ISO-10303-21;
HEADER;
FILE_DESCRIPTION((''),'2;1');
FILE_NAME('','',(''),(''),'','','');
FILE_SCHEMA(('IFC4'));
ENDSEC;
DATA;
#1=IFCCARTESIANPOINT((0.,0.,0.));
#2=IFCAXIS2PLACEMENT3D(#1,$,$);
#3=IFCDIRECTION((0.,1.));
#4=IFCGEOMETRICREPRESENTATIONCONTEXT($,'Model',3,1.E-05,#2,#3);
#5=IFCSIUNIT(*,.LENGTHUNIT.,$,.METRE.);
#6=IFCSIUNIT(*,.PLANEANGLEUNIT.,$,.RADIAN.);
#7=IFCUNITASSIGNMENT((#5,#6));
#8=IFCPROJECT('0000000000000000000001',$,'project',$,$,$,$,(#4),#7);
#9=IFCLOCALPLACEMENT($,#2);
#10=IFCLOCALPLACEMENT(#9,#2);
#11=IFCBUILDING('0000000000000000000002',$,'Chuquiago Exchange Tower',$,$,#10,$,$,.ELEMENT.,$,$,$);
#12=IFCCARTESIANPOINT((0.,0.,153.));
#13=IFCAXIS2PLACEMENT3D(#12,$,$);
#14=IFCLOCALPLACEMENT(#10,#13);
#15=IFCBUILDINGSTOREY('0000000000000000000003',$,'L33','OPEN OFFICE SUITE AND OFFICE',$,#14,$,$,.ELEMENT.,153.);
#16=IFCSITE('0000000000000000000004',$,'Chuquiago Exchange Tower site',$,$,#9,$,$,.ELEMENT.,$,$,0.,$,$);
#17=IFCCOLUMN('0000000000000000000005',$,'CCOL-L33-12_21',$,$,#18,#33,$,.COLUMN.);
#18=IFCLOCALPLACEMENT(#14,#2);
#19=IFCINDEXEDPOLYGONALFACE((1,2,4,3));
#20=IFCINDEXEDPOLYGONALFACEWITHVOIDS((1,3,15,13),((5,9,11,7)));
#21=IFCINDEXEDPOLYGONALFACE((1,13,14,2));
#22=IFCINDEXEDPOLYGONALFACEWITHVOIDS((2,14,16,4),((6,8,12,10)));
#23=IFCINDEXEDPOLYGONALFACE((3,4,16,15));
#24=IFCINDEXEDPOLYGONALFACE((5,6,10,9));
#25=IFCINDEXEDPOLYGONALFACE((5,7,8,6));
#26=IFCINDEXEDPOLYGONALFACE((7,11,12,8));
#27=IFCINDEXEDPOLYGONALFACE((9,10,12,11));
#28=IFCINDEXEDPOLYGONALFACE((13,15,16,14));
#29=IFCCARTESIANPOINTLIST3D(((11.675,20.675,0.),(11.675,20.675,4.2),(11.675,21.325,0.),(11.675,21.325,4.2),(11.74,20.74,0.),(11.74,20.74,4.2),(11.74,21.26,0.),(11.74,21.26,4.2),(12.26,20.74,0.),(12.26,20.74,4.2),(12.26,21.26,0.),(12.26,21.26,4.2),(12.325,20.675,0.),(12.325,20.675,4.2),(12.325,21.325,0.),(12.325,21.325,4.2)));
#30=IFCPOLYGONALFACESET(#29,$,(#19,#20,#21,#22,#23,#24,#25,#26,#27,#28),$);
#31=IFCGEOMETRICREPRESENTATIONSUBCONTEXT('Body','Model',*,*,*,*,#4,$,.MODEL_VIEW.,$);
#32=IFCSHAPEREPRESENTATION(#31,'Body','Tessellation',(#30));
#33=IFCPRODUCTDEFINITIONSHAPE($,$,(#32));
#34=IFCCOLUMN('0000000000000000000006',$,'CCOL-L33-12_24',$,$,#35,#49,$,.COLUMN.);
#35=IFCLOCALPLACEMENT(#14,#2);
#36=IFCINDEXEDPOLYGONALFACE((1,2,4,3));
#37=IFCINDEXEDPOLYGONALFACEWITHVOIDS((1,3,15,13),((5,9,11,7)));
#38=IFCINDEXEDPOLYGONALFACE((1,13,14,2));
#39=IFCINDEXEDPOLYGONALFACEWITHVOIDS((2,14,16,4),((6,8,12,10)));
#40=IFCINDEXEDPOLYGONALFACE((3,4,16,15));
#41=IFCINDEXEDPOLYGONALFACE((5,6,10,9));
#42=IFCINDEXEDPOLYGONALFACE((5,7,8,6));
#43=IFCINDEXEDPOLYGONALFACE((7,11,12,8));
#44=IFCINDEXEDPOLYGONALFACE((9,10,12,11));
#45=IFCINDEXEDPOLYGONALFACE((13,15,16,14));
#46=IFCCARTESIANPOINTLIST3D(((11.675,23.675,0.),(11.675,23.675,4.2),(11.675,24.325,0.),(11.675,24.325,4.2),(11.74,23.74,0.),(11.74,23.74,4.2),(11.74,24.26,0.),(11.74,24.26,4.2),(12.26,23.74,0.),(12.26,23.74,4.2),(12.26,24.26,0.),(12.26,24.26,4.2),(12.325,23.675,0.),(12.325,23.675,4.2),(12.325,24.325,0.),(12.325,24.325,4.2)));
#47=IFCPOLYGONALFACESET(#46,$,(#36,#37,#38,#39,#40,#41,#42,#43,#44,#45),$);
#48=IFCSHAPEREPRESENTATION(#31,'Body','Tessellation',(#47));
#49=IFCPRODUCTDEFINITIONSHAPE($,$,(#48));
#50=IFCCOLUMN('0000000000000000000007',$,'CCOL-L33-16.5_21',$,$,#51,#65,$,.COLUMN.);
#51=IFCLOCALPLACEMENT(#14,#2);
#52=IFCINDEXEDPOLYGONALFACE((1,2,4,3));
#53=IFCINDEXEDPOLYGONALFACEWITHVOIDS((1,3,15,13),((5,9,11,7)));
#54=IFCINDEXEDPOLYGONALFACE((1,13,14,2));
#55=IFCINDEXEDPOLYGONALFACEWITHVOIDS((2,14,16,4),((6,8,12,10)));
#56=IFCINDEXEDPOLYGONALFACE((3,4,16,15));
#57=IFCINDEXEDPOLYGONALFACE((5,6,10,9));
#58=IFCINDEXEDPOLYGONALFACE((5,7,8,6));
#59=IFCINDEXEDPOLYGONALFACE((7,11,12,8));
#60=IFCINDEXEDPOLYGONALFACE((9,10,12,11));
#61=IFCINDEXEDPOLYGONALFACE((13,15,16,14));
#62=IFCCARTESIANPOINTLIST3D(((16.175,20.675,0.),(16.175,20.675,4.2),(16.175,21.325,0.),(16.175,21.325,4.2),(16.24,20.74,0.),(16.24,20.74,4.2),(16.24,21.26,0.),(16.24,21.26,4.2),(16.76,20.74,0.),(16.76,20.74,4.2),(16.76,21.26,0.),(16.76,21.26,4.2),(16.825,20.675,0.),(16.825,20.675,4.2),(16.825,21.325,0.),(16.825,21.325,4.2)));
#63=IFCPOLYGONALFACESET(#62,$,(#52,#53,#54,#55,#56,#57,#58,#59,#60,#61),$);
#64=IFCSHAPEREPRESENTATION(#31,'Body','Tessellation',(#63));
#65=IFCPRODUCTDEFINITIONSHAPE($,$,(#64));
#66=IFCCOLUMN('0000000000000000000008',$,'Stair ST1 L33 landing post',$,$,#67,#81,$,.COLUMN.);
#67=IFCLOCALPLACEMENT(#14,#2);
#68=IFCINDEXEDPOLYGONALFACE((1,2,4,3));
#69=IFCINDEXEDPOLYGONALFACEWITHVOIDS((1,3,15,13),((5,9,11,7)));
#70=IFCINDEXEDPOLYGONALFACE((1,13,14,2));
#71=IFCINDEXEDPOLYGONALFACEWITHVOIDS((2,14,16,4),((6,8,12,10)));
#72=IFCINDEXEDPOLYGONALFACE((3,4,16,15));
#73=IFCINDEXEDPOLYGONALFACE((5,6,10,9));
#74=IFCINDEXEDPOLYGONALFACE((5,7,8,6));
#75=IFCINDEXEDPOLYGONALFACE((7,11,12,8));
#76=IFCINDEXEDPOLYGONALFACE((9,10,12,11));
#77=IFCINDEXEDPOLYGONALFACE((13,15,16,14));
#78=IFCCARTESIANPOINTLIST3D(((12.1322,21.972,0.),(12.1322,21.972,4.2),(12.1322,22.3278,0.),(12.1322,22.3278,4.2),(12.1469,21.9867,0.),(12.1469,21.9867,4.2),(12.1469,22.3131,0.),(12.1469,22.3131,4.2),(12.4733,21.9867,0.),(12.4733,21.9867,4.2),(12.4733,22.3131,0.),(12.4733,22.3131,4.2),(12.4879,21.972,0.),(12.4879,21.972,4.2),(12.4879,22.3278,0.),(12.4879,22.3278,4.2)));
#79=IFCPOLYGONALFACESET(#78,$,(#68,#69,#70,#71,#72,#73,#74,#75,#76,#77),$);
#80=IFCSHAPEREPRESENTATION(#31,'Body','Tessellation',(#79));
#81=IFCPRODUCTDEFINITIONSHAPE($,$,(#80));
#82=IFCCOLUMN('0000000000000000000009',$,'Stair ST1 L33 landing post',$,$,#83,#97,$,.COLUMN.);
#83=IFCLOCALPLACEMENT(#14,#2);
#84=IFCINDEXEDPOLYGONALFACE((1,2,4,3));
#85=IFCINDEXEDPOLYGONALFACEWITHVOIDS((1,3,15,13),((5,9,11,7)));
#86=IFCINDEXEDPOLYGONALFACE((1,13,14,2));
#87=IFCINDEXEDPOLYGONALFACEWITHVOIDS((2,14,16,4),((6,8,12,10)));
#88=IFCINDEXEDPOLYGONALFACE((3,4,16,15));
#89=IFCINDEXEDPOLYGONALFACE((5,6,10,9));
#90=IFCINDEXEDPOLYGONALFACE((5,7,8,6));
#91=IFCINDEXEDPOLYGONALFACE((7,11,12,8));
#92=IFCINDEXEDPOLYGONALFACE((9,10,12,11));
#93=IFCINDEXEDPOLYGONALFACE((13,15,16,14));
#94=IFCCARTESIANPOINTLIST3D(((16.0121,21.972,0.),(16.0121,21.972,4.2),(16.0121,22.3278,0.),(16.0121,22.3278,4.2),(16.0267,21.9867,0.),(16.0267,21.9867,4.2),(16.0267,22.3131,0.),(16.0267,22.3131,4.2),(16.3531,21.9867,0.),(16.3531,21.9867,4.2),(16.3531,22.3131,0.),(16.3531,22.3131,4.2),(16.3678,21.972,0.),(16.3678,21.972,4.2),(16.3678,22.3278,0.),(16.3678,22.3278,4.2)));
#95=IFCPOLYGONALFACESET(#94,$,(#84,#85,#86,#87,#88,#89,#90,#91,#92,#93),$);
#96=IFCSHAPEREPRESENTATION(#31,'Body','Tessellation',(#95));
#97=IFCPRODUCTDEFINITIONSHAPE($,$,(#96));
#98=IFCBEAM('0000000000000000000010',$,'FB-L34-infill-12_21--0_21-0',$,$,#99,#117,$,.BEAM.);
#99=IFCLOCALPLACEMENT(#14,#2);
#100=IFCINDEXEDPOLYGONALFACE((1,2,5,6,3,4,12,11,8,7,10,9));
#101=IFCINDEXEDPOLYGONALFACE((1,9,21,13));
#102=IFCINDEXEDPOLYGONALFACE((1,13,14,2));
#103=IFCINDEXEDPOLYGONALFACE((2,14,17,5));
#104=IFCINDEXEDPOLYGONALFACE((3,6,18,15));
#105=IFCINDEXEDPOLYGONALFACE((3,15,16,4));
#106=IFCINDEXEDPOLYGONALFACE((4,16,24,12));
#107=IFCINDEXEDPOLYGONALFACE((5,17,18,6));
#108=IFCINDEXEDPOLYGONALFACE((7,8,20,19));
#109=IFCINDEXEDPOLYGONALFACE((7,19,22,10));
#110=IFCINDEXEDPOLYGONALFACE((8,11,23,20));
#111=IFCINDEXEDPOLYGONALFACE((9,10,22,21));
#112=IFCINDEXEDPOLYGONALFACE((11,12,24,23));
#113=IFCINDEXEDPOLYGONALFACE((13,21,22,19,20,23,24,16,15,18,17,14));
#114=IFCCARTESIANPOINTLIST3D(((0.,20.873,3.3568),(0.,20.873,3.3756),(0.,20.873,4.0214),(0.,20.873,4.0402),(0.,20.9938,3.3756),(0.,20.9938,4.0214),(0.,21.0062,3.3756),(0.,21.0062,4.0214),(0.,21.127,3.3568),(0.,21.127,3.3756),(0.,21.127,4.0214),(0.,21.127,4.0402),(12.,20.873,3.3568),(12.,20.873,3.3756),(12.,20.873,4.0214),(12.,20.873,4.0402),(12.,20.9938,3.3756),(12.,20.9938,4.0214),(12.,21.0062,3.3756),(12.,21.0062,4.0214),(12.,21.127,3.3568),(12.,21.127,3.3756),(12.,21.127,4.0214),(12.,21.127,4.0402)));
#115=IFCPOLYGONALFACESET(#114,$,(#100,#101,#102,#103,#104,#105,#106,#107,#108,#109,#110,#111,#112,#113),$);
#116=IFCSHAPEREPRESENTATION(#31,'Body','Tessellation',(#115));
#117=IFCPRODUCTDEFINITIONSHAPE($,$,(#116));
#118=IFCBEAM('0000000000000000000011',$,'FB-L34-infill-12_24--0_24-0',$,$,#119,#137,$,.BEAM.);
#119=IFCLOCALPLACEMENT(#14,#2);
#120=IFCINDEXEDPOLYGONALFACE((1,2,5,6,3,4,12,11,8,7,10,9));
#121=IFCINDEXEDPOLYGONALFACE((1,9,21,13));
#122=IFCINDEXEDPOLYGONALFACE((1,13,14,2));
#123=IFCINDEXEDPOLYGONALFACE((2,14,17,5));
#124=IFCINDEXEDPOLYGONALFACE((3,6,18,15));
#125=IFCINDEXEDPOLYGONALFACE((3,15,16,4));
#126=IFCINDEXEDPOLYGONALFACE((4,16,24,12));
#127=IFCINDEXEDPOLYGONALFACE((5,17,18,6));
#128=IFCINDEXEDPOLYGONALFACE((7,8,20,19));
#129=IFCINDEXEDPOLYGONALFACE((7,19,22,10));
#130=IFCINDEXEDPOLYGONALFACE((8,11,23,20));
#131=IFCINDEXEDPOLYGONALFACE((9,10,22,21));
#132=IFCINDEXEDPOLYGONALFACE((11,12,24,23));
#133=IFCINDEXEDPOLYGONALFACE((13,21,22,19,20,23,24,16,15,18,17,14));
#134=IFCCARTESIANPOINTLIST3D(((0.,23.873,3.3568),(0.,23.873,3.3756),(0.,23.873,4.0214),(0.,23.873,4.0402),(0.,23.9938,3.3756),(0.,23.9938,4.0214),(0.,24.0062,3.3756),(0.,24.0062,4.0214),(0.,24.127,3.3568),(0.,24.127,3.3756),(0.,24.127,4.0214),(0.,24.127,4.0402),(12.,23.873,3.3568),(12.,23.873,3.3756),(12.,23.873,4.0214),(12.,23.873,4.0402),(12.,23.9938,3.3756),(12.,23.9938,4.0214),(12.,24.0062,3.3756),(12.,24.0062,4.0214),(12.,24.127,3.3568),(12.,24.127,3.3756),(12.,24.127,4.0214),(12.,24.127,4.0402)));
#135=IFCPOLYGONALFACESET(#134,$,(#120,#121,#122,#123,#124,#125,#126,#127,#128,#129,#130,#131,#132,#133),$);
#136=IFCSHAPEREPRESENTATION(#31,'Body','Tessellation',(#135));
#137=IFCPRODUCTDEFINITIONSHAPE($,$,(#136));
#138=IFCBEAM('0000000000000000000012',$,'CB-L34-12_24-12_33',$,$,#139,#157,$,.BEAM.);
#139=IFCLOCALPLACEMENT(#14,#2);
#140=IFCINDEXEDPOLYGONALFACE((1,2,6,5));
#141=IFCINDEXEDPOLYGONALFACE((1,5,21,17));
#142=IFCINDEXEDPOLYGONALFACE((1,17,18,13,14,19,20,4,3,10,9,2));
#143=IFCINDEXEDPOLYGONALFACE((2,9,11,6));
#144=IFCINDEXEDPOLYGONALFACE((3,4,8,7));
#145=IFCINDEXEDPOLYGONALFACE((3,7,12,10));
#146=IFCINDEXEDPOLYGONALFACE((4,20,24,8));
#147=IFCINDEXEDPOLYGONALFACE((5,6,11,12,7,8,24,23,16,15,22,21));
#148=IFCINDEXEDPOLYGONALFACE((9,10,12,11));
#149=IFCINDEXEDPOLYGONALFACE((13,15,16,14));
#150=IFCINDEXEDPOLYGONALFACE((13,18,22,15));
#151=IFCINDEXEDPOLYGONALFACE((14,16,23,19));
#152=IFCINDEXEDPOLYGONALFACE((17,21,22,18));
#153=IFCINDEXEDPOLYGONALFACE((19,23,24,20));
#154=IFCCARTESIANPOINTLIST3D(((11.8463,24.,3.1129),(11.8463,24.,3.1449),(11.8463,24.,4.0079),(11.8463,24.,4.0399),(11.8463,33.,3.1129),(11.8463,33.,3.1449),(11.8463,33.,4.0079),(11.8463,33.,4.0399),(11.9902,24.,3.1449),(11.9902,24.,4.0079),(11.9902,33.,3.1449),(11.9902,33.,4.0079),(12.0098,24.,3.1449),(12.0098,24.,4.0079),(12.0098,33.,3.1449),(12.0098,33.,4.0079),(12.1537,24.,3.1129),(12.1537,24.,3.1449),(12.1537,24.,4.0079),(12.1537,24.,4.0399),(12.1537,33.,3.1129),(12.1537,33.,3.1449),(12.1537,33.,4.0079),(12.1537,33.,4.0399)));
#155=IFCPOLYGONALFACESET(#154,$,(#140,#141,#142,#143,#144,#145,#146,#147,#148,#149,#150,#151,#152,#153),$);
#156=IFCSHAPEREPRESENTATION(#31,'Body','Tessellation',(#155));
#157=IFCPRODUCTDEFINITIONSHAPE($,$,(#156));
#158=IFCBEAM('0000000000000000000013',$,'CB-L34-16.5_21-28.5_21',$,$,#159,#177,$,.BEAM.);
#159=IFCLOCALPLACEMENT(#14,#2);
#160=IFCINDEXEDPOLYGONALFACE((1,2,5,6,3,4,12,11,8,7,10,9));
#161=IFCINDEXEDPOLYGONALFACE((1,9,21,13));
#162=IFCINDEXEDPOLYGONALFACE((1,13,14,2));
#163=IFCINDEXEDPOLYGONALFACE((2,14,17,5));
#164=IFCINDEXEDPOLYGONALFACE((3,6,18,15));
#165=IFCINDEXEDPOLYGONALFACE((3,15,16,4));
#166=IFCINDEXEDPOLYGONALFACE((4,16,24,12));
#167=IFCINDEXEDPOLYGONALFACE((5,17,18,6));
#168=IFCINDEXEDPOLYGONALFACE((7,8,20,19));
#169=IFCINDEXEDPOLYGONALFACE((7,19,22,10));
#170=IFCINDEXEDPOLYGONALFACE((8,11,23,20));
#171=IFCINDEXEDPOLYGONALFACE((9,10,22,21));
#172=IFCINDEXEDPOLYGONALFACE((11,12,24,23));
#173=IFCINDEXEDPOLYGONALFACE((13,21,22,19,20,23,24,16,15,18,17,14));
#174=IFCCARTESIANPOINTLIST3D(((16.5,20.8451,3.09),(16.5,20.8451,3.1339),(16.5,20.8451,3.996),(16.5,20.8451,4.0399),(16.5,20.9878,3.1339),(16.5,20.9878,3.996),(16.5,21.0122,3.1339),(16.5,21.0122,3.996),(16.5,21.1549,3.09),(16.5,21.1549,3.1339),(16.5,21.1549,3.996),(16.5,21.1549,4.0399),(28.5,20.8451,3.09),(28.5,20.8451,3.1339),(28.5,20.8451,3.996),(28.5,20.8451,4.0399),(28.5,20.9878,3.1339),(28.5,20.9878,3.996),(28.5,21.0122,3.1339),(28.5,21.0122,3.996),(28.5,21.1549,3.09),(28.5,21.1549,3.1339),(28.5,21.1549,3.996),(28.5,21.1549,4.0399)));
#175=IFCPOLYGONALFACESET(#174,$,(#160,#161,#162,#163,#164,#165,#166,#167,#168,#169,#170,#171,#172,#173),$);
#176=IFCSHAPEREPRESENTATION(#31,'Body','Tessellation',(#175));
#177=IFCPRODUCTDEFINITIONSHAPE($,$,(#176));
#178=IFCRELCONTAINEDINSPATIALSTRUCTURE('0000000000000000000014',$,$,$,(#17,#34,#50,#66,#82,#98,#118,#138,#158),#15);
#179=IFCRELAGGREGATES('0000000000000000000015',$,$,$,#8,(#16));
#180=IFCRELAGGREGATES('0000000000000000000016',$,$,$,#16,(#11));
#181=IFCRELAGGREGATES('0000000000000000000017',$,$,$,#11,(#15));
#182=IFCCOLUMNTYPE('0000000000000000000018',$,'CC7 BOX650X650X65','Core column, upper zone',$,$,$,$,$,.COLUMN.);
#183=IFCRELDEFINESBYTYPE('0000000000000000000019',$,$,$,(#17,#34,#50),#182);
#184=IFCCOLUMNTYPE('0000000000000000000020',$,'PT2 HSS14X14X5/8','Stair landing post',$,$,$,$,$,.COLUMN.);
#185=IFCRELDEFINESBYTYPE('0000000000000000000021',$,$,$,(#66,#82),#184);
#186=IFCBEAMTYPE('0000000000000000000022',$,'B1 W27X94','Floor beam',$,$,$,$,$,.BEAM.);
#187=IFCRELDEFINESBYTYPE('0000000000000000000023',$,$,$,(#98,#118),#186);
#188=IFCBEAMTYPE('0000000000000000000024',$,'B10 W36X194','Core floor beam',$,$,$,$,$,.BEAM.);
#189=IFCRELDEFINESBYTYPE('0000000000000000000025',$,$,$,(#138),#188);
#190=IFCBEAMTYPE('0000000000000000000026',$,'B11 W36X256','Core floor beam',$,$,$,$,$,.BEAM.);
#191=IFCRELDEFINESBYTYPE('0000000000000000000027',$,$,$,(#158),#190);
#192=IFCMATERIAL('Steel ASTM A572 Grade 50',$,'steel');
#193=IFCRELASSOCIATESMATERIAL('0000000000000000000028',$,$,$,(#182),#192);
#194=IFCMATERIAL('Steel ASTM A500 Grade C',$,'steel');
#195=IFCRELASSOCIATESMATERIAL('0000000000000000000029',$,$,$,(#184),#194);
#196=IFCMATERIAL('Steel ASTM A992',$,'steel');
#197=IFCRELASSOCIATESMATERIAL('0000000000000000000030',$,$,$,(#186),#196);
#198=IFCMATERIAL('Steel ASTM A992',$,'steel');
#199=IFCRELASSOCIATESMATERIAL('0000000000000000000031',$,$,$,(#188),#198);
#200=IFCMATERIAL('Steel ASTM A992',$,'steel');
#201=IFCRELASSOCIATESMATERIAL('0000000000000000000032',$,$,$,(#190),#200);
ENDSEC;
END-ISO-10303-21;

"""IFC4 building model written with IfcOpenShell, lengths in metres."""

from ifc_helpers import new_model, si_unit, direction, frame, origin, origin_2d, place, context, subcontext, project, spatial, hollow_rectangle, i_section, extrude, material, material_profile, profile_set, type_object, element, save


model = new_model("IFC4")

# Units and contexts
model_context = context("Model", 3, precision=1e-05, world=origin(), true_north=direction((0.0, 1.0)))
body_context = subcontext(model_context, "Body", "Model", "MODEL_VIEW")
ifc_project = project(units=[si_unit("LENGTHUNIT", "METRE"), si_unit("PLANEANGLEUNIT", "RADIAN")], contexts=[model_context])

# Site, building, storey
site_placement = place(None, origin())
site = spatial("IfcSite", under=ifc_project, at=site_placement, Name="Chuquiago Exchange Tower site", CompositionType="ELEMENT", RefElevation=0.0)
building_placement = place(site_placement, origin())
building = spatial("IfcBuilding", under=site, at=building_placement, Name="Chuquiago Exchange Tower", CompositionType="ELEMENT")
storey_placement = place(building_placement, frame((0.0, 0.0, 153.0)))
storey = spatial("IfcBuildingStorey", under=building, at=storey_placement, Name="L33", Description="OPEN OFFICE SUITE AND OFFICE", CompositionType="ELEMENT", Elevation=153.0)

# Columns
ifc_material_1 = material(Name="Steel ASTM A572 Grade 50", Category="steel")
ifc_material_profile_1 = material_profile(ifc_material_1, hollow_rectangle(XDim=0.6499, YDim=0.6499, WallThickness=0.0649, at=origin_2d()), Name="BOX650X650X65")
ifc_profile_set_1 = profile_set([ifc_material_profile_1], Name="Steel ASTM A572 Grade 50")
column_type_1 = type_object("IfcColumnType", Name="CC7 BOX650X650X65", Description="Core column, upper zone", PredefinedType="COLUMN", material=ifc_profile_set_1)
for number, where, z_axis, x_axis, name in (
    (1, (12.0, 21.0, 0.0), (0.0, 0.0, 1.0), (1.0, 0.0, 0.0), "CCOL-L33-12_21"),
    (2, (12.0, 24.0, 0.0), (0.0, 0.0, 1.0), (1.0, 0.0, 0.0), "CCOL-L33-12_24"),
    (3, (16.5, 21.0, 0.0), (0.0, 0.0, 1.0), (1.0, 0.0, 0.0), "CCOL-L33-16.5_21"),
):
    element("IfcColumn", number, at=place(storey_placement, frame(where, z_axis=z_axis, x_axis=x_axis)), inside=storey, type_object=column_type_1, Name=name, PredefinedType="COLUMN", context=body_context, shape_type="SweptSolid", body=[
        extrude(hollow_rectangle(XDim=0.6499, YDim=0.6499, WallThickness=0.0649, at=origin_2d()), origin(), (0.0, 0.0, 1.0), 4.2),
    ])
ifc_material_2 = material(Name="Steel ASTM A500 Grade C", Category="steel")
ifc_material_profile_2 = material_profile(ifc_material_2, hollow_rectangle(XDim=0.3557, YDim=0.3557, WallThickness=0.0146, at=origin_2d()), Name="HSS14X14X5/8")
ifc_profile_set_2 = profile_set([ifc_material_profile_2], Name="Steel ASTM A500 Grade C")
column_type_2 = type_object("IfcColumnType", Name="PT2 HSS14X14X5/8", Description="Stair landing post", PredefinedType="COLUMN", material=ifc_profile_set_2)
for number, where, z_axis, x_axis, name in (
    (4, (12.3101, 22.1499, 0.0), (0.0, 0.0, 1.0), (1.0, 0.0, 0.0), "Stair ST1 L33 landing post"),
    (5, (16.1899, 22.1499, 0.0), (0.0, 0.0, 1.0), (1.0, 0.0, 0.0), "Stair ST1 L33 landing post"),
):
    element("IfcColumn", number, at=place(storey_placement, frame(where, z_axis=z_axis, x_axis=x_axis)), inside=storey, type_object=column_type_2, Name=name, PredefinedType="COLUMN", context=body_context, shape_type="SweptSolid", body=[
        extrude(hollow_rectangle(XDim=0.3557, YDim=0.3557, WallThickness=0.0146, at=origin_2d()), origin(), (0.0, 0.0, 1.0), 4.2),
    ])

# Beams
ifc_material_3 = material(Name="Steel ASTM A992", Category="steel")
ifc_material_profile_3 = material_profile(ifc_material_3, i_section(OverallWidth=0.2539, OverallDepth=0.6833, WebThickness=0.0125, FlangeThickness=0.0188, at=origin_2d()), Name="W27X94")
ifc_profile_set_3 = profile_set([ifc_material_profile_3], Name="Steel ASTM A992")
beam_type_1 = type_object("IfcBeamType", Name="B1 W27X94", Description="Floor beam", PredefinedType="BEAM", material=ifc_profile_set_3)
for number, where, z_axis, x_axis, name in (
    (6, (12.0, 21.0, 3.6985), (-1.0, 0.0, 0.0), (0.0, -1.0, 0.0), "FB-L34-infill-12_21--0_21-0"),
    (7, (12.0, 24.0, 3.6985), (-1.0, 0.0, 0.0), (0.0, -1.0, 0.0), "FB-L34-infill-12_24--0_24-0"),
):
    element("IfcBeam", number, at=place(storey_placement, frame(where, z_axis=z_axis, x_axis=x_axis)), inside=storey, type_object=beam_type_1, Name=name, PredefinedType="BEAM", context=body_context, shape_type="SweptSolid", body=[
        extrude(i_section(OverallWidth=0.2539, OverallDepth=0.6833, WebThickness=0.0125, FlangeThickness=0.0188, at=origin_2d()), origin(), (0.0, 0.0, 1.0), 12.0),
    ])
ifc_material_4 = material(Name="Steel ASTM A992", Category="steel")
ifc_material_profile_4 = material_profile(ifc_material_4, i_section(OverallWidth=0.3074, OverallDepth=0.927, WebThickness=0.0195, FlangeThickness=0.032, at=origin_2d()), Name="W36X194")
ifc_profile_set_4 = profile_set([ifc_material_profile_4], Name="Steel ASTM A992")
beam_type_2 = type_object("IfcBeamType", Name="B10 W36X194", Description="Core floor beam", PredefinedType="BEAM", material=ifc_profile_set_4)
beam_1_placement = place(storey_placement, frame((12.0, 24.0, 3.5764), z_axis=(0.0, 1.0, 0.0), x_axis=(-1.0, 0.0, 0.0)))
element("IfcBeam", 8, at=beam_1_placement, inside=storey, type_object=beam_type_2, Name="CB-L34-12_24-12_33", PredefinedType="BEAM", context=body_context, shape_type="SweptSolid", body=[
    extrude(i_section(OverallWidth=0.3074, OverallDepth=0.927, WebThickness=0.0195, FlangeThickness=0.032, at=origin_2d()), origin(), (0.0, 0.0, 1.0), 9.0),
])
ifc_material_5 = material(Name="Steel ASTM A992", Category="steel")
ifc_material_profile_5 = material_profile(ifc_material_5, i_section(OverallWidth=0.3098, OverallDepth=0.95, WebThickness=0.0244, FlangeThickness=0.0439, at=origin_2d()), Name="W36X256")
ifc_profile_set_5 = profile_set([ifc_material_profile_5], Name="Steel ASTM A992")
beam_type_3 = type_object("IfcBeamType", Name="B11 W36X256", Description="Core floor beam", PredefinedType="BEAM", material=ifc_profile_set_5)
beam_2_placement = place(storey_placement, frame((16.5, 21.0, 3.5649), z_axis=(1.0, 0.0, 0.0), x_axis=(0.0, 1.0, 0.0)))
element("IfcBeam", 9, at=beam_2_placement, inside=storey, type_object=beam_type_3, Name="CB-L34-16.5_21-28.5_21", PredefinedType="BEAM", context=body_context, shape_type="SweptSolid", body=[
    extrude(i_section(OverallWidth=0.3098, OverallDepth=0.95, WebThickness=0.0244, FlangeThickness=0.0439, at=origin_2d()), origin(), (0.0, 0.0, 1.0), 12.0),
])

save(model, "model.ifc")
